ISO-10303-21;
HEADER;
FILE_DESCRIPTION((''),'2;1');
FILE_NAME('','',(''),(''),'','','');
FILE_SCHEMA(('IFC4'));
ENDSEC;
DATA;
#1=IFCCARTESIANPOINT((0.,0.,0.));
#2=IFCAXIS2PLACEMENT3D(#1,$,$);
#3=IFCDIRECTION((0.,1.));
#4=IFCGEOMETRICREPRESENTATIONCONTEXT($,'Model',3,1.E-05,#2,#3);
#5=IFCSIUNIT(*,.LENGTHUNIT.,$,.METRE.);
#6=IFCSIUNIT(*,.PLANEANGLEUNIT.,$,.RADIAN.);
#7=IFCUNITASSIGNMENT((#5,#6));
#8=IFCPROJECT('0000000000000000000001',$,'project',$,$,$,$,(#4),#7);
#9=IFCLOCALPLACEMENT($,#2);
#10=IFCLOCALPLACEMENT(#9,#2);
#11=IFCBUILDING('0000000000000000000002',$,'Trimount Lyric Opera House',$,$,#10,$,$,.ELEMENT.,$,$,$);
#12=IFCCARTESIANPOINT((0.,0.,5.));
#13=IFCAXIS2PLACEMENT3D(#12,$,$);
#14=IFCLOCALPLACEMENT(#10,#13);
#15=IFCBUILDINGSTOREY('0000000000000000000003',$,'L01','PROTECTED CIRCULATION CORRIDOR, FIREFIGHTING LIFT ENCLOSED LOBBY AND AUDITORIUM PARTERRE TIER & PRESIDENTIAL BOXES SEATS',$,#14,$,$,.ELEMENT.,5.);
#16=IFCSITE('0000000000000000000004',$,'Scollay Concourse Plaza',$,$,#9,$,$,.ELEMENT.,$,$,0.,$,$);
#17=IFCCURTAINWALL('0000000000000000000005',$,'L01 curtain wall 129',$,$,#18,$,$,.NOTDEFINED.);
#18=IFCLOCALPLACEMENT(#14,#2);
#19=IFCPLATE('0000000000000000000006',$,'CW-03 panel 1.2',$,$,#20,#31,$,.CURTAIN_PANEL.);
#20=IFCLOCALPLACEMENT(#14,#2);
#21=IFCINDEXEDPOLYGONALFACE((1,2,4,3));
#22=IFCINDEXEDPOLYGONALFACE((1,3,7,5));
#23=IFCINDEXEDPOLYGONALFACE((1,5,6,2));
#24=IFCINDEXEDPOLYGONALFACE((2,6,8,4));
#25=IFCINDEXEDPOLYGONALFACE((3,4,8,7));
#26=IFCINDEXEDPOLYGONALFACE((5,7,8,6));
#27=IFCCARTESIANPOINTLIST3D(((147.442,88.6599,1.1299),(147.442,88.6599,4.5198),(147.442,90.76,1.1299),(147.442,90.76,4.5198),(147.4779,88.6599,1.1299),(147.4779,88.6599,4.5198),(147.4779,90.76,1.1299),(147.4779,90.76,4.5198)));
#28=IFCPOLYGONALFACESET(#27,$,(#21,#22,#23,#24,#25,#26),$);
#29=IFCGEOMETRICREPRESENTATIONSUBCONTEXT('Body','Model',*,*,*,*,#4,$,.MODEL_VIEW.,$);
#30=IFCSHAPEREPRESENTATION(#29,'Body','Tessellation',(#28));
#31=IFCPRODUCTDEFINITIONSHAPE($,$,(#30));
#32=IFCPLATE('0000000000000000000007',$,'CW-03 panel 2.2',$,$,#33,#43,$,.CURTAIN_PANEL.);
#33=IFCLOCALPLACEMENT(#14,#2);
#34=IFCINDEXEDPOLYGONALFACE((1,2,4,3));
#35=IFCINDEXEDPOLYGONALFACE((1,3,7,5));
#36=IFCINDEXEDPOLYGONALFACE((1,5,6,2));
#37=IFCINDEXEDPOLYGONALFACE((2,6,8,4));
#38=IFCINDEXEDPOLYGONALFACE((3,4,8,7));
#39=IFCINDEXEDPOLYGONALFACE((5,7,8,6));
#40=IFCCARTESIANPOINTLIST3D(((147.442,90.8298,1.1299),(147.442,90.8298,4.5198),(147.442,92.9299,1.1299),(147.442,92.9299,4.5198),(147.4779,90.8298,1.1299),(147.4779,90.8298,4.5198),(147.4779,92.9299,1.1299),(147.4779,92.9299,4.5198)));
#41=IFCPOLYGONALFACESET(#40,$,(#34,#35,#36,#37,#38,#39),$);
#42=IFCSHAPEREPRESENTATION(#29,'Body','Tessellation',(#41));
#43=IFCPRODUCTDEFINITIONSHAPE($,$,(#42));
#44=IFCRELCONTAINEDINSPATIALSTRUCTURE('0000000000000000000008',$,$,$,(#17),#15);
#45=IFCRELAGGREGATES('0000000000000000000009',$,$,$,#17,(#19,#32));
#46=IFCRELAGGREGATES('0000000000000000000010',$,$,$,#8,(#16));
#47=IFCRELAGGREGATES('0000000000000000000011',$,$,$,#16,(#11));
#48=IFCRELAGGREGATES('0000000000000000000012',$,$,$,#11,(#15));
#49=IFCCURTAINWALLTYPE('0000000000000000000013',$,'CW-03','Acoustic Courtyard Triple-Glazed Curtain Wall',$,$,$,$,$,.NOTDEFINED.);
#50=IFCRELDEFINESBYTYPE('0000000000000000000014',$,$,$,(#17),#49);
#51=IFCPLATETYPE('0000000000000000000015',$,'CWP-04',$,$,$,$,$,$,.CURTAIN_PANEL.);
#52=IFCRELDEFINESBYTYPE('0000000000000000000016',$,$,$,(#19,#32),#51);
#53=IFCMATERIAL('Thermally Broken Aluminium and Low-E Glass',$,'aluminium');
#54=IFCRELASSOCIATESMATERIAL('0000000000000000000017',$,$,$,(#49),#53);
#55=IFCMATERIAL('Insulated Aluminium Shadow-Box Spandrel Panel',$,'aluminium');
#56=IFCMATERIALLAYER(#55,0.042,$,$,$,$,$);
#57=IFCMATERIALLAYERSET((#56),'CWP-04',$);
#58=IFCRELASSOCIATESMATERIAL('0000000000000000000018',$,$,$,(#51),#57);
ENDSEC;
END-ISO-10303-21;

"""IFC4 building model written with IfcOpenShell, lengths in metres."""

from ifc_helpers import new_model, si_unit, direction, frame, origin, origin_2d, place, context, subcontext, project, spatial, rectangle, extrude, material, layer, layer_set, type_object, element, aggregate, save


model = new_model("IFC4")

# Units and contexts
model_context = context("Model", 3, precision=1e-05, world=origin(), true_north=direction((0.0, 1.0)))
body_context = subcontext(model_context, "Body", "Model", "MODEL_VIEW")
ifc_project = project(units=[si_unit("LENGTHUNIT", "METRE"), si_unit("PLANEANGLEUNIT", "RADIAN")], contexts=[model_context])

# Site, building, storey
site_placement = place(None, origin())
site = spatial("IfcSite", under=ifc_project, at=site_placement, Name="Scollay Concourse Plaza", CompositionType="ELEMENT", RefElevation=0.0)
building_placement = place(site_placement, origin())
building = spatial("IfcBuilding", under=site, at=building_placement, Name="Trimount Lyric Opera House", CompositionType="ELEMENT")
storey_placement = place(building_placement, frame((0.0, 0.0, 5.0)))
storey = spatial("IfcBuildingStorey", under=building, at=storey_placement, Name="L01", Description="PROTECTED CIRCULATION CORRIDOR, FIREFIGHTING LIFT ENCLOSED LOBBY AND AUDITORIUM PARTERRE TIER & PRESIDENTIAL BOXES SEATS", CompositionType="ELEMENT", Elevation=5.0)

# Curtain wall
ifc_material_1 = material(Name="Thermally Broken Aluminium and Low-E Glass", Category="aluminium")
curtain_wall_type = type_object("IfcCurtainWallType", Name="CW-03", Description="Acoustic Courtyard Triple-Glazed Curtain Wall", PredefinedType="NOTDEFINED", material=ifc_material_1)
curtain_wall_1_placement = place(storey_placement, origin())
curtain_wall_1 = element("IfcCurtainWall", 1, at=curtain_wall_1_placement, inside=storey, type_object=curtain_wall_type, Name="L01 curtain wall 129", PredefinedType="NOTDEFINED")

# Plates
ifc_material_2 = material(Name="Insulated Aluminium Shadow-Box Spandrel Panel", Category="aluminium")
ifc_layer_1 = layer(ifc_material_2, 0.042)
ifc_layer_set_1 = layer_set([ifc_layer_1], Name="CWP-04")
plate_type_1 = type_object("IfcPlateType", Name="CWP-04", PredefinedType="CURTAIN_PANEL", material=ifc_layer_set_1)
plate_1_placement = place(storey_placement, frame((147.46, 89.71, 1.1299), z_axis=(0.0, 0.0, 1.0), x_axis=(0.0, 1.0, 0.0)))
plate_1 = element("IfcPlate", 2, at=plate_1_placement, type_object=plate_type_1, Name="CW-03 panel 1.2", PredefinedType="CURTAIN_PANEL", context=body_context, shape_type="SweptSolid", body=[
    extrude(rectangle(XDim=2.1001, YDim=0.0359, at=origin_2d()), origin(), (0.0, 0.0, 1.0), 3.3899),
])
plate_2_placement = place(storey_placement, frame((147.46, 91.8799, 1.1299), z_axis=(0.0, 0.0, 1.0), x_axis=(0.0, 1.0, 0.0)))
plate_2 = element("IfcPlate", 3, at=plate_2_placement, type_object=plate_type_1, Name="CW-03 panel 2.2", PredefinedType="CURTAIN_PANEL", context=body_context, shape_type="SweptSolid", body=[
    extrude(rectangle(XDim=2.1001, YDim=0.0359, at=origin_2d()), origin(), (0.0, 0.0, 1.0), 3.3899),
])
aggregate(curtain_wall_1, [plate_1, plate_2])

save(model, "model.ifc")
